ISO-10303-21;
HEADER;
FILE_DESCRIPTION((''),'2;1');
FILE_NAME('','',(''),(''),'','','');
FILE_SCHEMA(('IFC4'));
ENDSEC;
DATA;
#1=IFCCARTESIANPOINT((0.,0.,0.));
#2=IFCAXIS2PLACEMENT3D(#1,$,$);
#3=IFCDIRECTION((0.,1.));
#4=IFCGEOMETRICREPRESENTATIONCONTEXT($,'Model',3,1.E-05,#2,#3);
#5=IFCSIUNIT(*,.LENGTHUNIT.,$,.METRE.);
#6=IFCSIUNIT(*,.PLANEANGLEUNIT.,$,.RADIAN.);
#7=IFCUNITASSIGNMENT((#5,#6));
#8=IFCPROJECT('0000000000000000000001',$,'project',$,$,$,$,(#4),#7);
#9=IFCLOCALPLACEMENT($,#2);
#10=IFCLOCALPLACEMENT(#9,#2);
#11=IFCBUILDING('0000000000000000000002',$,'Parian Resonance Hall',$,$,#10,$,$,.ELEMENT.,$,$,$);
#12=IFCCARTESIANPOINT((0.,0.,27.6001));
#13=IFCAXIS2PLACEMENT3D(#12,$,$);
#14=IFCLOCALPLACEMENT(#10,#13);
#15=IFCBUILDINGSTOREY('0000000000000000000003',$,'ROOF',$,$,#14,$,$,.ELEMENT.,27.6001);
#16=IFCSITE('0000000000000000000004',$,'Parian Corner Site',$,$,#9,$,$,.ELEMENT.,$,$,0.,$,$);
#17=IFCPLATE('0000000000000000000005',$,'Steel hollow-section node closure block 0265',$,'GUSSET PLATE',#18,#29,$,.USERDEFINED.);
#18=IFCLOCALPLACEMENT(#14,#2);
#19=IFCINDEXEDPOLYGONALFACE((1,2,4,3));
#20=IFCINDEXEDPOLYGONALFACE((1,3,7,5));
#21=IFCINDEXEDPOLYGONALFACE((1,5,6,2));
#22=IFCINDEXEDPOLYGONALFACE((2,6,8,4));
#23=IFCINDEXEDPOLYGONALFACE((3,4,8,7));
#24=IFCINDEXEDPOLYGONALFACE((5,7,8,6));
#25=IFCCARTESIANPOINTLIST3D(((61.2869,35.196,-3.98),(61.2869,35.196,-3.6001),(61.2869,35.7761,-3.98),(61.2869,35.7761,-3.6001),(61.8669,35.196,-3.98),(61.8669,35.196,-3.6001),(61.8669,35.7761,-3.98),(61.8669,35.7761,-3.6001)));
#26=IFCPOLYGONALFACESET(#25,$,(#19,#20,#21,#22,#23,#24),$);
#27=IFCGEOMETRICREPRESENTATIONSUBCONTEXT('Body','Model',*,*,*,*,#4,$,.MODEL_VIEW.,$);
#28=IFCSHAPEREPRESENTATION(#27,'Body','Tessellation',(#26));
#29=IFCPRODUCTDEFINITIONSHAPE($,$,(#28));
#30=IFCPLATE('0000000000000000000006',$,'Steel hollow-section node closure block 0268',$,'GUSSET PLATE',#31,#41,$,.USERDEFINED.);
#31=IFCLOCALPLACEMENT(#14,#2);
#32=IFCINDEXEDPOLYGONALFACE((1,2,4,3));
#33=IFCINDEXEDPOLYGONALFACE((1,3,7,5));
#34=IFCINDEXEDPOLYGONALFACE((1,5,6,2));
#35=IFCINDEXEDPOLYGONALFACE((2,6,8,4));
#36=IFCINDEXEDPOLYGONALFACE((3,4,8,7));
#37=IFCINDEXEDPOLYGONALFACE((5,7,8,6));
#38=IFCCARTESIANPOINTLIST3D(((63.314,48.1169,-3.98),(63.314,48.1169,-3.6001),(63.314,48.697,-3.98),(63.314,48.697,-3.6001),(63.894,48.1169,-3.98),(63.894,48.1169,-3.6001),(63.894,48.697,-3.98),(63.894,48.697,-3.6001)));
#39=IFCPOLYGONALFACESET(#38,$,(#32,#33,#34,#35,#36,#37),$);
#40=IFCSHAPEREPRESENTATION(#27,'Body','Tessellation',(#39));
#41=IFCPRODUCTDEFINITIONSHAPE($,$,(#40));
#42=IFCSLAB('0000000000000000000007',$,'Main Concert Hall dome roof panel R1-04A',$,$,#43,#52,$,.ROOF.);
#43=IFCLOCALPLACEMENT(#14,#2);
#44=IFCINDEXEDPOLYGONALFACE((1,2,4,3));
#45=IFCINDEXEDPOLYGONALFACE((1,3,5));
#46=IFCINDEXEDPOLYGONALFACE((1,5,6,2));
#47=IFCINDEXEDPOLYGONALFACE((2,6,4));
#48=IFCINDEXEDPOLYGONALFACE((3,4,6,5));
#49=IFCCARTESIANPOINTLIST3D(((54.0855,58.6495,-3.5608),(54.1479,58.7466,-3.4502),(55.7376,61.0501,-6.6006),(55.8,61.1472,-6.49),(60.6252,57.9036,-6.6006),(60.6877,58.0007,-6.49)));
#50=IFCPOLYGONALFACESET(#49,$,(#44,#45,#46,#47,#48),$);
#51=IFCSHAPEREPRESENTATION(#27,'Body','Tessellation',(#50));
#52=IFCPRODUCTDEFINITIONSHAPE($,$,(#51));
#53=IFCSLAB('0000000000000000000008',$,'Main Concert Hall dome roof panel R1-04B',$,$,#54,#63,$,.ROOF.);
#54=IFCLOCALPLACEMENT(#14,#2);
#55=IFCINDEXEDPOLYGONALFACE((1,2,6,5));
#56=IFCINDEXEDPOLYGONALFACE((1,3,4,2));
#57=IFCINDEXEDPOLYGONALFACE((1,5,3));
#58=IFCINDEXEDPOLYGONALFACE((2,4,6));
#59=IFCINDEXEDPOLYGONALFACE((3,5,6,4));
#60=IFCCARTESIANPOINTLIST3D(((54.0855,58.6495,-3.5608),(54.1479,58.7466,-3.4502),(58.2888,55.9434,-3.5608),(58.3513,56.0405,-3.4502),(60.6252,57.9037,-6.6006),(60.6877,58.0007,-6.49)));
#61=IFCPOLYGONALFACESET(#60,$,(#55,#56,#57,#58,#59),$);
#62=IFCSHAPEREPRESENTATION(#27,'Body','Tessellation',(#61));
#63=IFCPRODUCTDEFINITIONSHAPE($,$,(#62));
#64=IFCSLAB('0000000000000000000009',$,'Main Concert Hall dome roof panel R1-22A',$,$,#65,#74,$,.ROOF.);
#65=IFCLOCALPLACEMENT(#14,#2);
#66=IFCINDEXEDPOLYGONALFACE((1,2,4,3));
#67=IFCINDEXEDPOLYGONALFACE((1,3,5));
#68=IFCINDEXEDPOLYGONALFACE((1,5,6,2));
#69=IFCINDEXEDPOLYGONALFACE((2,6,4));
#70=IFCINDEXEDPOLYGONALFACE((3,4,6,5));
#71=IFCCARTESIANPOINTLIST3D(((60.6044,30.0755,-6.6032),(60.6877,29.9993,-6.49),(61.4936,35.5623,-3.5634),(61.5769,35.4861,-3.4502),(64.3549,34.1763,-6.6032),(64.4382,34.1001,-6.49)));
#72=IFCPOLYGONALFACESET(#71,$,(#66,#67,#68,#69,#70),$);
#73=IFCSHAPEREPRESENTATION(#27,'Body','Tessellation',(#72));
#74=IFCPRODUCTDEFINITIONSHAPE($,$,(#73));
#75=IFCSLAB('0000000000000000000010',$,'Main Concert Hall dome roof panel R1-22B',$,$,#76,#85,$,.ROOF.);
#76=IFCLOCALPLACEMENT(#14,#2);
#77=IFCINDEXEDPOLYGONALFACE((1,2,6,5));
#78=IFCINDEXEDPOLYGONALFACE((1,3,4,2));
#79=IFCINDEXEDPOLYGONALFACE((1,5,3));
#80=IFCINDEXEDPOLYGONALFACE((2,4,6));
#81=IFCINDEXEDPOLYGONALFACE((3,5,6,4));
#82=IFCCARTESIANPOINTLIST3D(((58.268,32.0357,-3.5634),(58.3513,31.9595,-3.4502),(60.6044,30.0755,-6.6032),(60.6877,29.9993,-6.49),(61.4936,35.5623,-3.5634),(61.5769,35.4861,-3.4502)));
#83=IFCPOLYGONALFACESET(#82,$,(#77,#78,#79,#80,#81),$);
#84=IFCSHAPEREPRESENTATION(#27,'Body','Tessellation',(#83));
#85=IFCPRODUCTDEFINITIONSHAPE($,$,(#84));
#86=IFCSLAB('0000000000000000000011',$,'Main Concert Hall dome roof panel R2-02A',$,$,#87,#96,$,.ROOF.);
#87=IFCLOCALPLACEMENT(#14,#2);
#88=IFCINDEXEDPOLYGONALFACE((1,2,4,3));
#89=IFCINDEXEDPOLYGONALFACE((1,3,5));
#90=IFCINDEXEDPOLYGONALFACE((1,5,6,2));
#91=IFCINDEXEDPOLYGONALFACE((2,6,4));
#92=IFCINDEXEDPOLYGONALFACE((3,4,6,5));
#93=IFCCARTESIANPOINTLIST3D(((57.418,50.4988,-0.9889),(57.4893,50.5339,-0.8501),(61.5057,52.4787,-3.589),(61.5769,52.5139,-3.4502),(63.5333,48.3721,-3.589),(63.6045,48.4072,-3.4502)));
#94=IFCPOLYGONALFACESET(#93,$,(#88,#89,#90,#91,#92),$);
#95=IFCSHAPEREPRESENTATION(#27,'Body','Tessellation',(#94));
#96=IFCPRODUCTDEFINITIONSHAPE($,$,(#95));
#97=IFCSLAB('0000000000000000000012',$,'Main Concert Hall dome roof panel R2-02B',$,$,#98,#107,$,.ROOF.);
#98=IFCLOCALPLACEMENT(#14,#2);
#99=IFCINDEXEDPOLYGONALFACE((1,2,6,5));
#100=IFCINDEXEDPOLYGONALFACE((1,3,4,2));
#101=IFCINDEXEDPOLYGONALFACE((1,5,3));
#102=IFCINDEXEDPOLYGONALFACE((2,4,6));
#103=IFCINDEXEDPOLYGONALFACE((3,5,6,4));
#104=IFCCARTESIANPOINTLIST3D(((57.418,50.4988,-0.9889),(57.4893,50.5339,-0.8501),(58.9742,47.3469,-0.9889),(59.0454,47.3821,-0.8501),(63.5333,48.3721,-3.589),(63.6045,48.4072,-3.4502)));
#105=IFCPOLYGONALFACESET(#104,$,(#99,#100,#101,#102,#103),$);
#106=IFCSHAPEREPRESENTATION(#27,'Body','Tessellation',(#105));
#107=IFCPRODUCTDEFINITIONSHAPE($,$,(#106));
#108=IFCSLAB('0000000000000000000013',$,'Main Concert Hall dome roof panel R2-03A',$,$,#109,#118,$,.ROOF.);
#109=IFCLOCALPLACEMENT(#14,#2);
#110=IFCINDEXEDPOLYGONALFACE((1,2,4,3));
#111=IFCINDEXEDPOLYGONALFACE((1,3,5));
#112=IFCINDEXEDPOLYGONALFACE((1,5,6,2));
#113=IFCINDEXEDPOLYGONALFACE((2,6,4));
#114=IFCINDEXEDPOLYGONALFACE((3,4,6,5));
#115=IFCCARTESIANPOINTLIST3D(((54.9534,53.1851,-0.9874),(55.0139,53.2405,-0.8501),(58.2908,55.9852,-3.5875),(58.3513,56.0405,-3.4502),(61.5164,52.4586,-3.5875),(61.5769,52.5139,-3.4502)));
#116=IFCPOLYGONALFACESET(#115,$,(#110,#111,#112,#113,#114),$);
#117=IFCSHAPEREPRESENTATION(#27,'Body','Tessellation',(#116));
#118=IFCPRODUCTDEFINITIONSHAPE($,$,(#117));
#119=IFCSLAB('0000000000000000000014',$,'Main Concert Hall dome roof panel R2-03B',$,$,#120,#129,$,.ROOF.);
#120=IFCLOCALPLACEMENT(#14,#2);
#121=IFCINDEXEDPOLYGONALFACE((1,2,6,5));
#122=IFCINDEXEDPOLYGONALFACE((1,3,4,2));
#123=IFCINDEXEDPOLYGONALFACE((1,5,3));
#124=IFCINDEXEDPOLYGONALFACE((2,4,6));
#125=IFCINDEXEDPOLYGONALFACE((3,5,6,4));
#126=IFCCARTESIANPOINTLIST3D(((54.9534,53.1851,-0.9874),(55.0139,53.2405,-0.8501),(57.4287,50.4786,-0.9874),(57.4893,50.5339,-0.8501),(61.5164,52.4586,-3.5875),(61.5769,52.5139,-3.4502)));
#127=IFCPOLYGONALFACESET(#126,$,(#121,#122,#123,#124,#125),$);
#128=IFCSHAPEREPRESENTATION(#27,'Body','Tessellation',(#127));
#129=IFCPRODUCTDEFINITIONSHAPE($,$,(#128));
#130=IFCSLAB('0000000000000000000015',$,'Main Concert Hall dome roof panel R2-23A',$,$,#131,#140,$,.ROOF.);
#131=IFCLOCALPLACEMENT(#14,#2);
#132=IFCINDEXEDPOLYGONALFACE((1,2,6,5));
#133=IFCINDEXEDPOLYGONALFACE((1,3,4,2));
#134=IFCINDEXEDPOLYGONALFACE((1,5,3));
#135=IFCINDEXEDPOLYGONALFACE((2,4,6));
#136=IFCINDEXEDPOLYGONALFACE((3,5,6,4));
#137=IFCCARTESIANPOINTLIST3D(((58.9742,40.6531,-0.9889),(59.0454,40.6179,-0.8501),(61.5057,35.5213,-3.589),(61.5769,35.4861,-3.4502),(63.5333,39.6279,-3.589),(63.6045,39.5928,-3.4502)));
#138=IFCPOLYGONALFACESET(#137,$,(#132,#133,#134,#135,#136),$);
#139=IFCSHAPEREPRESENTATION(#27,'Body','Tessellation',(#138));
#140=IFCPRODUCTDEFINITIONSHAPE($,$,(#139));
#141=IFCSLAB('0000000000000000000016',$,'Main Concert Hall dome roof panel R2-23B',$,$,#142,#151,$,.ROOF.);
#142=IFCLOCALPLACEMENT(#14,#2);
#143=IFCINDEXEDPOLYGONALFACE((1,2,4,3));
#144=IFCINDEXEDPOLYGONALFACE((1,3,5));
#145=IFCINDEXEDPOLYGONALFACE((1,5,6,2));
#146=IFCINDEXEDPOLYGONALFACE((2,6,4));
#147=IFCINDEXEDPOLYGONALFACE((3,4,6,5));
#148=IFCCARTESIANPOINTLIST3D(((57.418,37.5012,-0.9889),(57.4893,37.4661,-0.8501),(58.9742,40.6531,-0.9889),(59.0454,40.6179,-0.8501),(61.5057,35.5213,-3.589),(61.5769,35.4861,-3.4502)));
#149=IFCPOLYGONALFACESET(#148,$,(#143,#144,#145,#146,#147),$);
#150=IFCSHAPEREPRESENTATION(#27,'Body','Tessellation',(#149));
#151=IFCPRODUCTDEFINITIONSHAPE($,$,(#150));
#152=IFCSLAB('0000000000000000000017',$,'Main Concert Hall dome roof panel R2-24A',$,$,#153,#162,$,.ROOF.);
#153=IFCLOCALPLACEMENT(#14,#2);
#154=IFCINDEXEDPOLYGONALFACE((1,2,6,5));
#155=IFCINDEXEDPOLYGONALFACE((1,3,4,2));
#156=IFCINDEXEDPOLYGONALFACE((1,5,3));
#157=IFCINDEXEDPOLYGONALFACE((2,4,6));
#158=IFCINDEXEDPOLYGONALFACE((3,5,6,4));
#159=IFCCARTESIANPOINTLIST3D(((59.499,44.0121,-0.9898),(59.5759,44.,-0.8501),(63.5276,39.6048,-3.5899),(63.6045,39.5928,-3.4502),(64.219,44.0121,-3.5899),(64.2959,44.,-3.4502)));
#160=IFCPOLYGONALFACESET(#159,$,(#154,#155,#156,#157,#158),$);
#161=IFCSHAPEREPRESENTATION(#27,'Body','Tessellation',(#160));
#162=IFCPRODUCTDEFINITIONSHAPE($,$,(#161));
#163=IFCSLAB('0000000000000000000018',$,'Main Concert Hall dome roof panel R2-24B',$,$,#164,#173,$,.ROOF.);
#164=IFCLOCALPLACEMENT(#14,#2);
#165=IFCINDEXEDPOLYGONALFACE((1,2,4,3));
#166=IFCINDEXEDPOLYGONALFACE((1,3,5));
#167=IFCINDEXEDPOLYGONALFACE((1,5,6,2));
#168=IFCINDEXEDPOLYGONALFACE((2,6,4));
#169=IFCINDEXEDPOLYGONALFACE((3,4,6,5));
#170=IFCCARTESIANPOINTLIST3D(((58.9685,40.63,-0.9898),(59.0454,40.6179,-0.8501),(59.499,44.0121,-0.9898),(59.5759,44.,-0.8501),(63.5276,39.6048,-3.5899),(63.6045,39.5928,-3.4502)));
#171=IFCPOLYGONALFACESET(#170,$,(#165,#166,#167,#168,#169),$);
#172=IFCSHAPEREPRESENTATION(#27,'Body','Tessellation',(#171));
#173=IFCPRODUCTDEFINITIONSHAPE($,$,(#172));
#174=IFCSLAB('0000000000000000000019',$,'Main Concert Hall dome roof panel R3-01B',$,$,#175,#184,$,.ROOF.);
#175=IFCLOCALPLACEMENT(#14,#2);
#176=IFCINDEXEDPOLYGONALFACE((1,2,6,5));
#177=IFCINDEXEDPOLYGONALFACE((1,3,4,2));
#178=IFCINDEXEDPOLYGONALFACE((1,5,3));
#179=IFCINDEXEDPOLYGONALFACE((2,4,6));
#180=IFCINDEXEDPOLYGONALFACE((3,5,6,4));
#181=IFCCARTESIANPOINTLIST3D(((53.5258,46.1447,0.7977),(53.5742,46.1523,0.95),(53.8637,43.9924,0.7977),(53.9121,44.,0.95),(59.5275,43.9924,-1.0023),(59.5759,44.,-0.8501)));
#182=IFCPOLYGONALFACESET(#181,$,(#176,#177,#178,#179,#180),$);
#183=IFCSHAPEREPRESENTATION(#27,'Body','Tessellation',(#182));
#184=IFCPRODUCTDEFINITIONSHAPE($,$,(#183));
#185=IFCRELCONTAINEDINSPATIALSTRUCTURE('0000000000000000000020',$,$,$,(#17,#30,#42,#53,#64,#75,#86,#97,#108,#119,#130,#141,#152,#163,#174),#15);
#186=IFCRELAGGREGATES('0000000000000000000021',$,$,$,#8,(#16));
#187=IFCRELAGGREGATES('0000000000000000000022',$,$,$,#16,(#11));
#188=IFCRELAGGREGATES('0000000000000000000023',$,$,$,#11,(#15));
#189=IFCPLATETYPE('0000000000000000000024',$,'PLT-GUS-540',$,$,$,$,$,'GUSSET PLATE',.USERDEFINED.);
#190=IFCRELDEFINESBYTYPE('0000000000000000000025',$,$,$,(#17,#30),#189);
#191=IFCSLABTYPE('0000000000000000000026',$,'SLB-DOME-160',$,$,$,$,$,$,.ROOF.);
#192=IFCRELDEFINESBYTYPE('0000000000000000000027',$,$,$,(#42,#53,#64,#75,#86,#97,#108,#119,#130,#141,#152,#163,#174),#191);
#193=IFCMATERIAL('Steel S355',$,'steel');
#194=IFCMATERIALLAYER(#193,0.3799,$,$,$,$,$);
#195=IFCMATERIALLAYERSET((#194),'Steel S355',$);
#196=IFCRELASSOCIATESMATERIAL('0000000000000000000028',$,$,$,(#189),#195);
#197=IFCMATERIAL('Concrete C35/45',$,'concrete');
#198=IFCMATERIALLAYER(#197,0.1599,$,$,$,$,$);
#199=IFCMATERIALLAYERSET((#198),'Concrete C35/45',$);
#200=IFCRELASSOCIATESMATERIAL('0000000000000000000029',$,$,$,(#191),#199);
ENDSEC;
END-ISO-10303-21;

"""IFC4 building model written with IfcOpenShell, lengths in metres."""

from ifc_helpers import new_model, si_unit, direction, frame, origin, origin_2d, place, context, subcontext, project, spatial, polyline, rectangle, outline, extrude, material, layer, layer_set, type_object, element, save


model = new_model("IFC4")

# Units and contexts
model_context = context("Model", 3, precision=1e-05, world=origin(), true_north=direction((0.0, 1.0)))
body_context = subcontext(model_context, "Body", "Model", "MODEL_VIEW")
ifc_project = project(units=[si_unit("LENGTHUNIT", "METRE"), si_unit("PLANEANGLEUNIT", "RADIAN")], contexts=[model_context])

# Site, building, storey
site_placement = place(None, origin())
site = spatial("IfcSite", under=ifc_project, at=site_placement, Name="Parian Corner Site", CompositionType="ELEMENT", RefElevation=0.0)
building_placement = place(site_placement, origin())
building = spatial("IfcBuilding", under=site, at=building_placement, Name="Parian Resonance Hall", CompositionType="ELEMENT")
storey_placement = place(building_placement, frame((0.0, 0.0, 27.6001)))
storey = spatial("IfcBuildingStorey", under=building, at=storey_placement, Name="ROOF", CompositionType="ELEMENT", Elevation=27.6001)

# Plates
ifc_material_1 = material(Name="Steel S355", Category="steel")
ifc_layer_1 = layer(ifc_material_1, 0.3799)
ifc_layer_set_1 = layer_set([ifc_layer_1], Name="Steel S355")
plate_type_1 = type_object("IfcPlateType", Name="PLT-GUS-540", ElementType="GUSSET PLATE", PredefinedType="USERDEFINED", material=ifc_layer_set_1)
for number, where, z_axis, x_axis, name in (
    (1, (61.5769, 35.4861, -3.98), (0.0, 0.0, 1.0), (1.0, 0.0, 0.0), "Steel hollow-section node closure block 0265"),
    (2, (63.604, 48.407, -3.98), (0.0, 0.0, 1.0), (1.0, 0.0, 0.0), "Steel hollow-section node closure block 0268"),
):
    element("IfcPlate", number, at=place(storey_placement, frame(where, z_axis=z_axis, x_axis=x_axis)), inside=storey, type_object=plate_type_1, Name=name, ObjectType="GUSSET PLATE", PredefinedType="USERDEFINED", context=body_context, shape_type="SweptSolid", body=[
        extrude(rectangle(XDim=0.5801, YDim=0.5801, at=origin_2d()), origin(), (0.0, 0.0, 1.0), 0.3799),
    ])

# Slabs
ifc_material_2 = material(Name="Concrete C35/45", Category="concrete")
ifc_layer_2 = layer(ifc_material_2, 0.1599)
ifc_layer_set_2 = layer_set([ifc_layer_2], Name="Concrete C35/45")
slab_type = type_object("IfcSlabType", Name="SLB-DOME-160", PredefinedType="ROOF", material=ifc_layer_set_2)
slab_1_placement = place(storey_placement, frame((60.6877, 58.0007, -6.49), z_axis=(0.390828, 0.607106, 0.691864), x_axis=(-0.840834, 0.541292, 0.0)))
element("IfcSlab", 3, at=slab_1_placement, inside=storey, type_object=slab_type, Name="Main Concert Hall dome roof panel R1-04A", PredefinedType="ROOF", context=body_context, shape_type="SweptSolid", body=[
    extrude(outline(polyline([(0.0, 0.0), (5.8129, 0.0), (5.9026, 4.2101), (0.0, 0.0)])), origin(), (0.0, 0.0, -1.0), 0.1599),
])
slab_2_placement = place(storey_placement, frame((60.6877, 58.0007, -6.49), z_axis=(0.390832, 0.607088, 0.691878), x_axis=(-0.902014, 0.102873, 0.41927)))
element("IfcSlab", 4, at=slab_2_placement, inside=storey, type_object=slab_type, Name="Main Concert Hall dome roof panel R1-04B", PredefinedType="ROOF", context=body_context, shape_type="SweptSolid", body=[
    extrude(outline(polyline([(0.0, 0.0), (7.2502, 0.0), (3.1803, 2.903), (0.0, 0.0)])), origin(), (0.0, 0.0, -1.0), 0.1599),
])
slab_3_placement = place(storey_placement, frame((60.6877, 29.9993, -6.49), z_axis=(0.521189, -0.476663, 0.707923), x_axis=(0.674883, 0.737925, 0.0)))
element("IfcSlab", 5, at=slab_3_placement, inside=storey, type_object=slab_type, Name="Main Concert Hall dome roof panel R1-22A", PredefinedType="ROOF", context=body_context, shape_type="SweptSolid", body=[
    extrude(outline(polyline([(0.0, 0.0), (5.5572, 0.0), (4.6489, 4.3039), (0.0, 0.0)])), origin(), (0.0, 0.0, -1.0), 0.1599),
])
slab_4_placement = place(storey_placement, frame((60.6877, 29.9993, -6.49), z_axis=(0.521154, -0.476669, 0.707944), x_axis=(0.14035, 0.86607, 0.479818)))
element("IfcSlab", 6, at=slab_4_placement, inside=storey, type_object=slab_type, Name="Main Concert Hall dome roof panel R1-22B", PredefinedType="ROOF", context=body_context, shape_type="SweptSolid", body=[
    extrude(outline(polyline([(0.0, 0.0), (6.3353, 0.0), (2.8283, 3.2469), (0.0, 0.0)])), origin(), (0.0, 0.0, -1.0), 0.1599),
])
slab_5_placement = place(storey_placement, frame((63.6045, 48.4072, -3.4502), z_axis=(0.445488, 0.21995, 0.867849), x_axis=(-0.442709, 0.896665, 0.0)))
element("IfcSlab", 7, at=slab_5_placement, inside=storey, type_object=slab_type, Name="Main Concert Hall dome roof panel R2-02A", PredefinedType="ROOF", context=body_context, shape_type="SweptSolid", body=[
    extrude(outline(polyline([(0.0, 0.0), (4.58, 0.0), (4.6142, 5.2334), (0.0, 0.0)])), origin(), (0.0, 0.0, -1.0), 0.1599),
])
slab_6_placement = place(storey_placement, frame((63.6045, 48.4072, -3.4502), z_axis=(0.445488, 0.219949, 0.86785), x_axis=(-0.876476, 0.304814, 0.372663)))
element("IfcSlab", 8, at=slab_6_placement, inside=storey, type_object=slab_type, Name="Main Concert Hall dome roof panel R2-02B", PredefinedType="ROOF", context=body_context, shape_type="SweptSolid", body=[
    extrude(outline(polyline([(0.0, 0.0), (6.9771, 0.0), (4.6524, 2.6366), (0.0, 0.0)])), origin(), (0.0, 0.0, -1.0), 0.1599),
])
slab_7_placement = place(storey_placement, frame((61.5769, 52.5139, -3.4502), z_axis=(0.378428, 0.346126, 0.858481), x_axis=(-0.674912, 0.737898, 0.0)))
element("IfcSlab", 9, at=slab_7_placement, inside=storey, type_object=slab_type, Name="Main Concert Hall dome roof panel R2-03A", PredefinedType="ROOF", context=body_context, shape_type="SweptSolid", body=[
    extrude(outline(polyline([(0.0, 0.0), (4.7793, 0.0), (4.9656, 5.0699), (0.0, 0.0)])), origin(), (0.0, 0.0, -1.0), 0.1599),
])
slab_8_placement = place(storey_placement, frame((61.5769, 52.5139, -3.4502), z_axis=(0.378429, 0.346102, 0.85849), x_axis=(-0.924812, 0.102382, 0.366388)))
element("IfcSlab", 10, at=slab_8_placement, inside=storey, type_object=slab_type, Name="Main Concert Hall dome roof panel R2-03B", PredefinedType="ROOF", context=body_context, shape_type="SweptSolid", body=[
    extrude(outline(polyline([(0.0, 0.0), (7.0966, 0.0), (4.5302, 2.6204), (0.0, 0.0)])), origin(), (0.0, 0.0, -1.0), 0.1599),
])
slab_9_placement = place(storey_placement, frame((61.5769, 35.4861, -3.4502), z_axis=(0.445487, -0.21995, 0.86785), x_axis=(0.442709, 0.896665, 0.0)))
element("IfcSlab", 11, at=slab_9_placement, inside=storey, type_object=slab_type, Name="Main Concert Hall dome roof panel R2-23A", PredefinedType="ROOF", context=body_context, shape_type="SweptSolid", body=[
    extrude(outline(polyline([(0.0, 0.0), (4.58, 0.0), (3.4808, 5.2334), (0.0, 0.0)])), origin(), (0.0, 0.0, -1.0), 0.1599),
])
slab_10_placement = place(storey_placement, frame((61.5769, 35.4861, -3.4502), z_axis=(0.445488, -0.219949, 0.867849), x_axis=(-0.402766, 0.816485, 0.413681)))
element("IfcSlab", 12, at=slab_10_placement, inside=storey, type_object=slab_type, Name="Main Concert Hall dome roof panel R2-23B", PredefinedType="ROOF", context=body_context, shape_type="SweptSolid", body=[
    extrude(outline(polyline([(0.0, 0.0), (6.2853, 0.0), (4.3386, 2.9268), (0.0, 0.0)])), origin(), (0.0, 0.0, -1.0), 0.1599),
])
slab_11_placement = place(storey_placement, frame((63.6045, 39.5928, -3.4502), z_axis=(0.481128, -0.075479, 0.873395), x_axis=(0.154985, 0.987917, 0.0)))
element("IfcSlab", 13, at=slab_11_placement, inside=storey, type_object=slab_type, Name="Main Concert Hall dome roof panel R2-24A", PredefinedType="ROOF", context=body_context, shape_type="SweptSolid", body=[
    extrude(outline(polyline([(0.0, 0.0), (4.4611, 0.0), (3.7296, 5.3389), (0.0, 0.0)])), origin(), (0.0, 0.0, -1.0), 0.1599),
])
slab_12_placement = place(storey_placement, frame((63.6045, 39.5928, -3.4502), z_axis=(0.481135, -0.075471, 0.873392), x_axis=(-0.618584, 0.676727, 0.399243)))
element("IfcSlab", 14, at=slab_12_placement, inside=storey, type_object=slab_type, Name="Main Concert Hall dome roof panel R2-24B", PredefinedType="ROOF", context=body_context, shape_type="SweptSolid", body=[
    extrude(outline(polyline([(0.0, 0.0), (6.5126, 0.0), (4.552, 2.8064), (0.0, 0.0)])), origin(), (0.0, 0.0, -1.0), 0.1599),
])
slab_13_placement = place(storey_placement, frame((59.5759, 44.0, -0.8501), z_axis=(0.302545, 0.047496, 0.951951), x_axis=(-0.905891, 0.324872, 0.271697)))
element("IfcSlab", 15, at=slab_13_placement, inside=storey, type_object=slab_type, Name="Main Concert Hall dome roof panel R3-01B", PredefinedType="ROOF", context=body_context, shape_type="SweptSolid", body=[
    extrude(outline(polyline([(0.0, 0.0), (6.6252, 0.0), (5.6199, 1.9329), (0.0, 0.0)])), origin(), (0.0, 0.0, -1.0), 0.1599),
])

save(model, "model.ifc")
